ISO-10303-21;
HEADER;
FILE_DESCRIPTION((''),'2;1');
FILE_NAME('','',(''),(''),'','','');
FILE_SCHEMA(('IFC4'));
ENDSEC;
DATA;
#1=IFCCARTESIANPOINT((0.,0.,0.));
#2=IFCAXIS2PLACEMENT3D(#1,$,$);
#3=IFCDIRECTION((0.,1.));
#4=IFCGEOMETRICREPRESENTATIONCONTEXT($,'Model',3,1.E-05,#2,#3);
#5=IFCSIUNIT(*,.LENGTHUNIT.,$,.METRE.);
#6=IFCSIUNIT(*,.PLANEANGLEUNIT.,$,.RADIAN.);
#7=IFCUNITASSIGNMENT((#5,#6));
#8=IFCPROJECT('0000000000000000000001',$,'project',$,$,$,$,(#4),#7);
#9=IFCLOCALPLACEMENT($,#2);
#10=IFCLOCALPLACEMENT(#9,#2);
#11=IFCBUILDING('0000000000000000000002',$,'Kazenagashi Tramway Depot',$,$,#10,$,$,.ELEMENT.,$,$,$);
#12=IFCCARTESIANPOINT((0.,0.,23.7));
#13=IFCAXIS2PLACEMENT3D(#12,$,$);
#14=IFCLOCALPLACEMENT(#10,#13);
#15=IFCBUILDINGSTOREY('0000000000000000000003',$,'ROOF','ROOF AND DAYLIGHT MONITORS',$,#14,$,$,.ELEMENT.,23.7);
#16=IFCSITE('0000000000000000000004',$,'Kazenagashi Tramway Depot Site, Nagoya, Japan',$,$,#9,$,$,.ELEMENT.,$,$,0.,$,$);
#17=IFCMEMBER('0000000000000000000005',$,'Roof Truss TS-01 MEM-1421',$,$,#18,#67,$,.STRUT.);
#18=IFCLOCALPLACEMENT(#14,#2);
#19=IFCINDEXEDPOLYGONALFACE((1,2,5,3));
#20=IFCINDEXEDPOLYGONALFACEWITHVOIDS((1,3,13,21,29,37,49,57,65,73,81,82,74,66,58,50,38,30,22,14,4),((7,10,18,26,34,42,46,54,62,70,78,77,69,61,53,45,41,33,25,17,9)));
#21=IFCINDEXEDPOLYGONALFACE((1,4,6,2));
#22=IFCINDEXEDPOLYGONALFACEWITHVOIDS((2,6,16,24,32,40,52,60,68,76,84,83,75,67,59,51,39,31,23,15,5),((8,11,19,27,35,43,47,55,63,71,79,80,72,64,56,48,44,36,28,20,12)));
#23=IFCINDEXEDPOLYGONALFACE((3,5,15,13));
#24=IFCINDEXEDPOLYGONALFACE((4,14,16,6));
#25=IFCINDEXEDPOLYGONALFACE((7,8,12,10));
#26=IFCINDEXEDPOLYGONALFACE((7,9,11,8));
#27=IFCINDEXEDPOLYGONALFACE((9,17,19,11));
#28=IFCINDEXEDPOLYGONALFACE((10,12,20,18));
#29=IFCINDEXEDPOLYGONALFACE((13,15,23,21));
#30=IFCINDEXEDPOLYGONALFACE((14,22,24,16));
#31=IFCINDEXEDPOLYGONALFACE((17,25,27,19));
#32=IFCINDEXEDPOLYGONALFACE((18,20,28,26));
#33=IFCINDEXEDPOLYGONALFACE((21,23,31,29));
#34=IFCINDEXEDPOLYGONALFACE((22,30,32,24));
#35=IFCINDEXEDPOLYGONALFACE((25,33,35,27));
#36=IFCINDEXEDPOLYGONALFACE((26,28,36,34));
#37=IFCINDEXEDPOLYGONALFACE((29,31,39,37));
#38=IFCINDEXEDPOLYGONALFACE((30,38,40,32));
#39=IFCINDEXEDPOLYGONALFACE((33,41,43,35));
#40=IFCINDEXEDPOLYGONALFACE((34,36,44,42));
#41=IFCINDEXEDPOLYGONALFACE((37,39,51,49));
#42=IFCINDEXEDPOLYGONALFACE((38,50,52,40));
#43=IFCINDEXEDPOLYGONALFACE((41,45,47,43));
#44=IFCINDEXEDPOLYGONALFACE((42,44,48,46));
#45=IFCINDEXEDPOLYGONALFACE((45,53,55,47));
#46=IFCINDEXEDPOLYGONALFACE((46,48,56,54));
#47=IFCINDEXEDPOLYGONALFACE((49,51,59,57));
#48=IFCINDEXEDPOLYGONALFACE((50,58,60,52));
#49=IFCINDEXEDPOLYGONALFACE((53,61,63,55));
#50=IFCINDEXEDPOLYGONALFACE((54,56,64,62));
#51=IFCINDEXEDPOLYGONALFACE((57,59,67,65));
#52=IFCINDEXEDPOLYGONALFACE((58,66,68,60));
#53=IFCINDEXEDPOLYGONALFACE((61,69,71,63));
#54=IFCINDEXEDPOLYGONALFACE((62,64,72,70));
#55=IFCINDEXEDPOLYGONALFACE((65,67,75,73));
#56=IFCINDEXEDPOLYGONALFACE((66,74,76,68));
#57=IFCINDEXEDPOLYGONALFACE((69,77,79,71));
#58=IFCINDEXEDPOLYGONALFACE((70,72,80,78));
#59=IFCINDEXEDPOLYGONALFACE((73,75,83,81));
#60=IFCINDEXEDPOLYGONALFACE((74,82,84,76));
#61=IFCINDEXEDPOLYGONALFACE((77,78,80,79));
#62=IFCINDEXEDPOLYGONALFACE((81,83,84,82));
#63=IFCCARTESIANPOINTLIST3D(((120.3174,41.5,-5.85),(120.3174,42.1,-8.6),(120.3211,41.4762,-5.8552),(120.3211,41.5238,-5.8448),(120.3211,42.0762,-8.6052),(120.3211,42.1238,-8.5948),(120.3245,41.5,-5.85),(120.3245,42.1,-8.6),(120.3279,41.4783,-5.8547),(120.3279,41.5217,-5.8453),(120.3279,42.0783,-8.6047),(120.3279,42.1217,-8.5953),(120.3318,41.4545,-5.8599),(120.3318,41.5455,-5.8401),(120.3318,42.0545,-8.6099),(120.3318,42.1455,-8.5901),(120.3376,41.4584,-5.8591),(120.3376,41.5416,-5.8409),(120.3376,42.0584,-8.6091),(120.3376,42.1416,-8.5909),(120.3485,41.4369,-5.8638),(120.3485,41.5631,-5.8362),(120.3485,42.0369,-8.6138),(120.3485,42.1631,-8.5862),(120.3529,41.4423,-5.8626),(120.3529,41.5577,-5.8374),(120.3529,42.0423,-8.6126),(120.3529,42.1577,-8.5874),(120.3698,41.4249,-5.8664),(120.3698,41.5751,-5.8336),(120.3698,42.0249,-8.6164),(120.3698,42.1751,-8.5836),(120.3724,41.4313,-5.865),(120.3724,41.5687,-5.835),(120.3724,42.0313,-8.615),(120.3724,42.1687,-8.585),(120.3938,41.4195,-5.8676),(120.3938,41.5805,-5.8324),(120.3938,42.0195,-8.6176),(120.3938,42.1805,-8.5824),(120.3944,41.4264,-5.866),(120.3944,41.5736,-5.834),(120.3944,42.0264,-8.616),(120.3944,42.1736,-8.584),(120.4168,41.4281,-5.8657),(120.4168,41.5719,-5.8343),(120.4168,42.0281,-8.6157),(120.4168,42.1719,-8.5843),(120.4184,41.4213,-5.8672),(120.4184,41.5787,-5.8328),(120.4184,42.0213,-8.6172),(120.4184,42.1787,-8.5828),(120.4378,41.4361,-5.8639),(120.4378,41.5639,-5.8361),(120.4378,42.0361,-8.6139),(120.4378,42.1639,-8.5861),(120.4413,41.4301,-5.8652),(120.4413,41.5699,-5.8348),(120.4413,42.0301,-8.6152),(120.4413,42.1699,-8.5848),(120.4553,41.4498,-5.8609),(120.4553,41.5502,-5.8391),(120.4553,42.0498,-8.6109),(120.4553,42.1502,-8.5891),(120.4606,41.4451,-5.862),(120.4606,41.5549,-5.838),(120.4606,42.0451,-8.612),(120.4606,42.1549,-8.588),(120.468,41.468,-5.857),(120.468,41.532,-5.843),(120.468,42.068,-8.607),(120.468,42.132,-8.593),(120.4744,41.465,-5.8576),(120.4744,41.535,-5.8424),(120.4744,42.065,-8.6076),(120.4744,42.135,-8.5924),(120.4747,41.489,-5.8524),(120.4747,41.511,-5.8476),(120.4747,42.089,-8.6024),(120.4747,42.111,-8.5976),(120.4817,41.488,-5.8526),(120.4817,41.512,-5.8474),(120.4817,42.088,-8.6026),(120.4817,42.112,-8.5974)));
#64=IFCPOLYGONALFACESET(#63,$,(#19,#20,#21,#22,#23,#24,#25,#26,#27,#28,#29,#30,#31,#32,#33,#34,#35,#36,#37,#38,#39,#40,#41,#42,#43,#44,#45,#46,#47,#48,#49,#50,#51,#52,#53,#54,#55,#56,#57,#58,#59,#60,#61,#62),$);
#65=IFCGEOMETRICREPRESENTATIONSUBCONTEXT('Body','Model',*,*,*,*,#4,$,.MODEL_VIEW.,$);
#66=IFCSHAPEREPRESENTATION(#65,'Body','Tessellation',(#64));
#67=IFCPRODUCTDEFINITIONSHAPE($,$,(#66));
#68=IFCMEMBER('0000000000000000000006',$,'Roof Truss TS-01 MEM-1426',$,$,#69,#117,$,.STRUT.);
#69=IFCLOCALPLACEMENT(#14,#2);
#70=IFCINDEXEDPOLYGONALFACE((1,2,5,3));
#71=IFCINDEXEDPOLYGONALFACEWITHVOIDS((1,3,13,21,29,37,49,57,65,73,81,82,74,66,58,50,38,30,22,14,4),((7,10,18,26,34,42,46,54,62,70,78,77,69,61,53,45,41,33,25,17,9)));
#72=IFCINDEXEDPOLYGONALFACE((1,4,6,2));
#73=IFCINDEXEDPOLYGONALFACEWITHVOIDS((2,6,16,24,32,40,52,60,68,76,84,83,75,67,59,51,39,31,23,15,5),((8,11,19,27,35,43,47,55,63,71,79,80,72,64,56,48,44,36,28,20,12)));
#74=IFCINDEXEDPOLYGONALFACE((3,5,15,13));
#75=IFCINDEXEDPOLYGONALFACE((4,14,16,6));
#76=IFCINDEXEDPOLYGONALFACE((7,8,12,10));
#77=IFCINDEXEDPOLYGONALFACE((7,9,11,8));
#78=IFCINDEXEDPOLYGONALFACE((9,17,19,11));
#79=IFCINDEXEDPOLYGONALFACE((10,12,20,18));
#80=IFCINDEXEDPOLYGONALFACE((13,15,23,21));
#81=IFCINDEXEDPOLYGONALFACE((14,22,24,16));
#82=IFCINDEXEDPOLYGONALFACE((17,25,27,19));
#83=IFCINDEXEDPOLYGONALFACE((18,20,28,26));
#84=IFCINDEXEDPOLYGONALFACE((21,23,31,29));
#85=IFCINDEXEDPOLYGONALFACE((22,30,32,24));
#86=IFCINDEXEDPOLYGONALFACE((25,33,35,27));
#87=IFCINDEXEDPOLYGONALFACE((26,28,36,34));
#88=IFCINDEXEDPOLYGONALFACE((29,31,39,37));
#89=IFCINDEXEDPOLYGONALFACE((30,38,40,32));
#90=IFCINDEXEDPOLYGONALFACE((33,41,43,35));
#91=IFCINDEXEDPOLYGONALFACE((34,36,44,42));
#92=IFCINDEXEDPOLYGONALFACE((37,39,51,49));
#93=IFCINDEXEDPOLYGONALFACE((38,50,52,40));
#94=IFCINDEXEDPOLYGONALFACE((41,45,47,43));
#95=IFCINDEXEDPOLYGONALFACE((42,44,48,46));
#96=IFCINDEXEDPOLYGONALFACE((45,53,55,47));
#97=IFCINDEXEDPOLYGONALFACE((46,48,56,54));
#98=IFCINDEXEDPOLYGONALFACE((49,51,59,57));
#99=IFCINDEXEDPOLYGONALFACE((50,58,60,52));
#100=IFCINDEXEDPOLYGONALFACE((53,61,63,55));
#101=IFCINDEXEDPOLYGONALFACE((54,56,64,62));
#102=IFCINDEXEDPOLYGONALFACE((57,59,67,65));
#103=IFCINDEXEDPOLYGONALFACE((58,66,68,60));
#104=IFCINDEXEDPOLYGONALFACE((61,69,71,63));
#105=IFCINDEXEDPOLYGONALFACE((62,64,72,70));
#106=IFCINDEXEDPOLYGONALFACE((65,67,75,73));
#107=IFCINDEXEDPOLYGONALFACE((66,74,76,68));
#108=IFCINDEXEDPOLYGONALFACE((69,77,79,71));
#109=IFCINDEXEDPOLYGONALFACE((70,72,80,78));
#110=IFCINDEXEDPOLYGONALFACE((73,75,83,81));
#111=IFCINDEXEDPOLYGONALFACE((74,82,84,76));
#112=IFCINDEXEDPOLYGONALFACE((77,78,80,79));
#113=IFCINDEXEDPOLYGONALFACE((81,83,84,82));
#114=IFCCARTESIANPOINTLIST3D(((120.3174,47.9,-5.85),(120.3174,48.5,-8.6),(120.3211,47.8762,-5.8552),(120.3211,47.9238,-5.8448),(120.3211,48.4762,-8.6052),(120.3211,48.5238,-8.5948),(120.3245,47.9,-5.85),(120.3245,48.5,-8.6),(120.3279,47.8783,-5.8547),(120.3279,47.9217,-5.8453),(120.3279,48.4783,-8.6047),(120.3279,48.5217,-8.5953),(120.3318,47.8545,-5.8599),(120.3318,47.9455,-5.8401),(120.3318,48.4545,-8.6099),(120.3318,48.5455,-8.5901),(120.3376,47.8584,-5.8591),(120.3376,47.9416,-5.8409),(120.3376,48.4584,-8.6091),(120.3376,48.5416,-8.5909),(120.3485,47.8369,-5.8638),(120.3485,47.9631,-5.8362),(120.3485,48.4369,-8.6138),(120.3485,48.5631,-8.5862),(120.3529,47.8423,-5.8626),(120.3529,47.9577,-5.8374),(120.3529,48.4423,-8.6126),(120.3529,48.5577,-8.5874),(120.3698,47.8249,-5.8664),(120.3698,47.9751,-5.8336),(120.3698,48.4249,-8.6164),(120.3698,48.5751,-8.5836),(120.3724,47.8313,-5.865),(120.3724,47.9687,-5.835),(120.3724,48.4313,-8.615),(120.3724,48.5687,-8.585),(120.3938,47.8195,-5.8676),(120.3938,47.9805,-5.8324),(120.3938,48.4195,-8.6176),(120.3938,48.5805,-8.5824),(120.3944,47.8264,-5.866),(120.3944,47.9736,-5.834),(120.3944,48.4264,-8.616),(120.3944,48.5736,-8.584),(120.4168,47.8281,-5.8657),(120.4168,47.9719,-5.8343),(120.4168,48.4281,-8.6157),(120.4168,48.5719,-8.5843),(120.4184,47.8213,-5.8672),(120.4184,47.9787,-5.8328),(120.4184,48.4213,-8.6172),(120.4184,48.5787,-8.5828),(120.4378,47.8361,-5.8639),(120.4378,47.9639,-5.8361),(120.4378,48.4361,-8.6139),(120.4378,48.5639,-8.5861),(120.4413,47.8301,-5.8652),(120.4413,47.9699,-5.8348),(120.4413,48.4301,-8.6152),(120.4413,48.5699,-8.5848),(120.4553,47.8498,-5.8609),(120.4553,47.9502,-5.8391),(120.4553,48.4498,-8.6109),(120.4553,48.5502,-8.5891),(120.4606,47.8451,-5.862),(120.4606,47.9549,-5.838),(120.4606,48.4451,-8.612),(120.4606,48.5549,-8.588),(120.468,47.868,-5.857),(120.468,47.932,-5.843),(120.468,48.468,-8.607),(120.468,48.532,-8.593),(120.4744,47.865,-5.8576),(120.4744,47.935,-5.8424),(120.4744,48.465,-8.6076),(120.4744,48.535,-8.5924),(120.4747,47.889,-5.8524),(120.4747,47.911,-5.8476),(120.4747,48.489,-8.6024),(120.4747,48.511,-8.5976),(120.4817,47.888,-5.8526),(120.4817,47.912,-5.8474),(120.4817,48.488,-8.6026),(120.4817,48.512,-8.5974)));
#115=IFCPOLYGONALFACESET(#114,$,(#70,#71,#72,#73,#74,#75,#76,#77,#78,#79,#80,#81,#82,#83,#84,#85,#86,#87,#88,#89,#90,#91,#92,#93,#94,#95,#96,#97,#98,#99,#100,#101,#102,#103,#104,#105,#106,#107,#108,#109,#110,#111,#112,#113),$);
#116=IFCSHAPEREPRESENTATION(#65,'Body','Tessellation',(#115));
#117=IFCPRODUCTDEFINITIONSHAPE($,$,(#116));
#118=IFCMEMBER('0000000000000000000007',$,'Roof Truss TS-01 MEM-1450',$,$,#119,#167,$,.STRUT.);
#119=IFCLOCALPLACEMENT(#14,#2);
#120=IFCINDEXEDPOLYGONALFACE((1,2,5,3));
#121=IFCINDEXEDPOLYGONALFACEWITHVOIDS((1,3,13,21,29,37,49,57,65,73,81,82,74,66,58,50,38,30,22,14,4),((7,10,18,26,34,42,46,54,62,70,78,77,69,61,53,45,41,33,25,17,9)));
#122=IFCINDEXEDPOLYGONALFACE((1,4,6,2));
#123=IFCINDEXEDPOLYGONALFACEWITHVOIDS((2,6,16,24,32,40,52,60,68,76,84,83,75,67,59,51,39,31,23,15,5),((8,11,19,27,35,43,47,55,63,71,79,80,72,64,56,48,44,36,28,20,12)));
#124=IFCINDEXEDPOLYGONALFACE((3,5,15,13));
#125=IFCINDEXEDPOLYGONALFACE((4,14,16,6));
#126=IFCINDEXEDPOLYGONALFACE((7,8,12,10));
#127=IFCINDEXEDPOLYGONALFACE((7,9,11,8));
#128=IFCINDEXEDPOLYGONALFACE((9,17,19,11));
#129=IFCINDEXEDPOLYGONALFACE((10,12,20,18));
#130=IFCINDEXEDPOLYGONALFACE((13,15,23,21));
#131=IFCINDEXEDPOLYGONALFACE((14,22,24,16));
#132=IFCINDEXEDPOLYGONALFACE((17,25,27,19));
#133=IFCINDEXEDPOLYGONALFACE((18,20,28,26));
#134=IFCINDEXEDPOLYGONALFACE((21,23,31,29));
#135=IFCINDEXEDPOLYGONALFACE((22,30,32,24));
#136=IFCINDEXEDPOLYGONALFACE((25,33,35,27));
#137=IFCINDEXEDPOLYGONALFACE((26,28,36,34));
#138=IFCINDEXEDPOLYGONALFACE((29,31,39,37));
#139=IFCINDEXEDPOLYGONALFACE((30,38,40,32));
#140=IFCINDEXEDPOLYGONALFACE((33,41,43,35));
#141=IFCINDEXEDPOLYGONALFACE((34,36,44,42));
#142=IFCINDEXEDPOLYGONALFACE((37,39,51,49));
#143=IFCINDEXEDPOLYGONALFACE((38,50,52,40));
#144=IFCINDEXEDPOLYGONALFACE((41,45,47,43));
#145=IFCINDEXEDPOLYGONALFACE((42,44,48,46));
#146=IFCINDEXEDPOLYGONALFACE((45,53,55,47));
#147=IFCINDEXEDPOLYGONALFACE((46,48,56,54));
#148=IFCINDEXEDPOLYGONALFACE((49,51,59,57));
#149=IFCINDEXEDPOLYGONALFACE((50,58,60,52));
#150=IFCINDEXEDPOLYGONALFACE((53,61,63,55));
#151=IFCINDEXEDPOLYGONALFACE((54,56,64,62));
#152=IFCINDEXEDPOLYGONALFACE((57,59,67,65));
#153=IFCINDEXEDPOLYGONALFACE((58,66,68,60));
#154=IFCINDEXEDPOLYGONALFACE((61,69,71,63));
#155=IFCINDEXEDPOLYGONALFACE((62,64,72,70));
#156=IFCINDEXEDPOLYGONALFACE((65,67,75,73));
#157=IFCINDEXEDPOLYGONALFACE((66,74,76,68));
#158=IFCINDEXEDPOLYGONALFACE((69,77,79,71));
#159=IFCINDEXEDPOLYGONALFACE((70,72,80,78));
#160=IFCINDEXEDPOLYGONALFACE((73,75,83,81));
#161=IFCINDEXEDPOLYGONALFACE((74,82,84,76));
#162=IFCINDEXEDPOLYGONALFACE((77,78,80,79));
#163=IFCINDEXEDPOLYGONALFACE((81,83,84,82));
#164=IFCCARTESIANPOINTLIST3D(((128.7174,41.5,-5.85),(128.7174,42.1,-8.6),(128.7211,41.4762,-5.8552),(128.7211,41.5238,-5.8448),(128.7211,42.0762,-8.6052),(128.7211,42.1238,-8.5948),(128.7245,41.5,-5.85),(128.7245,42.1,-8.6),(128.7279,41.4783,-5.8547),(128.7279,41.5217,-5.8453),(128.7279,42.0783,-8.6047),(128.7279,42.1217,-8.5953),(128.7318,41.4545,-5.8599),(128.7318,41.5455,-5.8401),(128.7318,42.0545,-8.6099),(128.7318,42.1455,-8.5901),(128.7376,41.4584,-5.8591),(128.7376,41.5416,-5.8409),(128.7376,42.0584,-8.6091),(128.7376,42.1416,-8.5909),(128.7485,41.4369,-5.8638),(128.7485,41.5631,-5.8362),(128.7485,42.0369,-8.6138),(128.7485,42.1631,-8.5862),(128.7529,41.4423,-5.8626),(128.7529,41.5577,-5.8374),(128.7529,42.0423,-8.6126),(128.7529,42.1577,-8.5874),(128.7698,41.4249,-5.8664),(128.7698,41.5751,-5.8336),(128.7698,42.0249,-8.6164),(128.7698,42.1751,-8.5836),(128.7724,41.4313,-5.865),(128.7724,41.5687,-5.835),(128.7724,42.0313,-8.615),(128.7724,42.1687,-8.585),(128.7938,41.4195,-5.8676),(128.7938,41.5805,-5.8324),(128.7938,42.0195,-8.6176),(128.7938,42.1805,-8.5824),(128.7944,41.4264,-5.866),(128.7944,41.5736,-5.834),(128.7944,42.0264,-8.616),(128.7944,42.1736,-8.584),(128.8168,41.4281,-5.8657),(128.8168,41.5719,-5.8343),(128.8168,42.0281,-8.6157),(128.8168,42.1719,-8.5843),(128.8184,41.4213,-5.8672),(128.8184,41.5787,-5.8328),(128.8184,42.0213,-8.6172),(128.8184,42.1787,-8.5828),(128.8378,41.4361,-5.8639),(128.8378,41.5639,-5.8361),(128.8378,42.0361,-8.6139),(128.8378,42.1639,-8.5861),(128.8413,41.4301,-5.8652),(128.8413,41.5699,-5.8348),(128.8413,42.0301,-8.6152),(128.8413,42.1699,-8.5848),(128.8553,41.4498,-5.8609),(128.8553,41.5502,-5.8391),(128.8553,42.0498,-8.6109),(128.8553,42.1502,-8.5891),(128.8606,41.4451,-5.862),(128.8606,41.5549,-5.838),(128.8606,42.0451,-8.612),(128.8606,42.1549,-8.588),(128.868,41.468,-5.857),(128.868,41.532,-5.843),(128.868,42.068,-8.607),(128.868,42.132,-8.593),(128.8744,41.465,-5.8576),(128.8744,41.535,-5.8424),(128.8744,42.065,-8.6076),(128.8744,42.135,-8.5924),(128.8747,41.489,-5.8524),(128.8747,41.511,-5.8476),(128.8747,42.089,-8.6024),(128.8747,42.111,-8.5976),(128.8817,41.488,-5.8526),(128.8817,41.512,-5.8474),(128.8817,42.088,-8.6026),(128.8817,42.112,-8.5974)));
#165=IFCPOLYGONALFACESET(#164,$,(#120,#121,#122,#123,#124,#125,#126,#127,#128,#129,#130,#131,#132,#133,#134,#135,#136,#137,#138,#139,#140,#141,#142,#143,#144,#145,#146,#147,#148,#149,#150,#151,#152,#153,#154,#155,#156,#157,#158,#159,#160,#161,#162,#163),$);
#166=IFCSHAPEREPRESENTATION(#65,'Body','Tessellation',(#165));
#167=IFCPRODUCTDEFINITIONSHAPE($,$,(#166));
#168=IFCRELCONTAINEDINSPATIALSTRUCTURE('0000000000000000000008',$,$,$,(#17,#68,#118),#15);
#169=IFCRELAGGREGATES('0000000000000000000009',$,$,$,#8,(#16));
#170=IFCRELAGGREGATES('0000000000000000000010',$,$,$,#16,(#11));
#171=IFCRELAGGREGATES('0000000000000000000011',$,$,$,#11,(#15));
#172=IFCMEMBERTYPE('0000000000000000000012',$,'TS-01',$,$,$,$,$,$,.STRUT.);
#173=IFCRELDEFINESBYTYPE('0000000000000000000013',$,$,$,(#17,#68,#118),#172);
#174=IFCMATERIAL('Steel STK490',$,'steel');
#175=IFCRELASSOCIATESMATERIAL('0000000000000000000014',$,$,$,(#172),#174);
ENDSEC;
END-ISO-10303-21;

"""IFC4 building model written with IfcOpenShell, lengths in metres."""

from ifc_helpers import new_model, si_unit, direction, frame, origin, origin_2d, place, context, subcontext, project, spatial, hollow_circle, extrude, material, material_profile, profile_set, type_object, element, save


model = new_model("IFC4")

# Units and contexts
model_context = context("Model", 3, precision=1e-05, world=origin(), true_north=direction((0.0, 1.0)))
body_context = subcontext(model_context, "Body", "Model", "MODEL_VIEW")
ifc_project = project(units=[si_unit("LENGTHUNIT", "METRE"), si_unit("PLANEANGLEUNIT", "RADIAN")], contexts=[model_context])

# Site, building, storey
site_placement = place(None, origin())
site = spatial("IfcSite", under=ifc_project, at=site_placement, Name="Kazenagashi Tramway Depot Site, Nagoya, Japan", CompositionType="ELEMENT", RefElevation=0.0)
building_placement = place(site_placement, origin())
building = spatial("IfcBuilding", under=site, at=building_placement, Name="Kazenagashi Tramway Depot", CompositionType="ELEMENT")
storey_placement = place(building_placement, frame((0.0, 0.0, 23.7)))
storey = spatial("IfcBuildingStorey", under=building, at=storey_placement, Name="ROOF", Description="ROOF AND DAYLIGHT MONITORS", CompositionType="ELEMENT", Elevation=23.7)

# Members
ifc_material_1 = material(Name="Steel STK490", Category="steel")
ifc_material_profile_1 = material_profile(ifc_material_1, hollow_circle(Radius=0.0826, WallThickness=0.0071, at=origin_2d()), Name="CHS-165.2x7.1")
ifc_profile_set_1 = profile_set([ifc_material_profile_1], Name="Steel STK490")
member_type_1 = type_object("IfcMemberType", Name="TS-01", PredefinedType="STRUT", material=ifc_profile_set_1)
for number, where, z_axis, x_axis, name in (
    (1, (120.4, 41.5, -5.85), (0.0, 0.213167, -0.977016), (-1.0, 0.0, 0.0), "Roof Truss TS-01 MEM-1421"),
    (2, (120.4, 47.9, -5.85), (0.0, 0.213167, -0.977016), (-1.0, 0.0, 0.0), "Roof Truss TS-01 MEM-1426"),
    (3, (128.8, 41.5, -5.85), (0.0, 0.213167, -0.977016), (-1.0, 0.0, 0.0), "Roof Truss TS-01 MEM-1450"),
):
    element("IfcMember", number, at=place(storey_placement, frame(where, z_axis=z_axis, x_axis=x_axis)), inside=storey, type_object=member_type_1, Name=name, PredefinedType="STRUT", context=body_context, shape_type="SweptSolid", body=[
        extrude(hollow_circle(Radius=0.0826, WallThickness=0.0071, at=origin_2d()), origin(), (0.0, 0.0, 1.0), 2.8147),
    ])

save(model, "model.ifc")
